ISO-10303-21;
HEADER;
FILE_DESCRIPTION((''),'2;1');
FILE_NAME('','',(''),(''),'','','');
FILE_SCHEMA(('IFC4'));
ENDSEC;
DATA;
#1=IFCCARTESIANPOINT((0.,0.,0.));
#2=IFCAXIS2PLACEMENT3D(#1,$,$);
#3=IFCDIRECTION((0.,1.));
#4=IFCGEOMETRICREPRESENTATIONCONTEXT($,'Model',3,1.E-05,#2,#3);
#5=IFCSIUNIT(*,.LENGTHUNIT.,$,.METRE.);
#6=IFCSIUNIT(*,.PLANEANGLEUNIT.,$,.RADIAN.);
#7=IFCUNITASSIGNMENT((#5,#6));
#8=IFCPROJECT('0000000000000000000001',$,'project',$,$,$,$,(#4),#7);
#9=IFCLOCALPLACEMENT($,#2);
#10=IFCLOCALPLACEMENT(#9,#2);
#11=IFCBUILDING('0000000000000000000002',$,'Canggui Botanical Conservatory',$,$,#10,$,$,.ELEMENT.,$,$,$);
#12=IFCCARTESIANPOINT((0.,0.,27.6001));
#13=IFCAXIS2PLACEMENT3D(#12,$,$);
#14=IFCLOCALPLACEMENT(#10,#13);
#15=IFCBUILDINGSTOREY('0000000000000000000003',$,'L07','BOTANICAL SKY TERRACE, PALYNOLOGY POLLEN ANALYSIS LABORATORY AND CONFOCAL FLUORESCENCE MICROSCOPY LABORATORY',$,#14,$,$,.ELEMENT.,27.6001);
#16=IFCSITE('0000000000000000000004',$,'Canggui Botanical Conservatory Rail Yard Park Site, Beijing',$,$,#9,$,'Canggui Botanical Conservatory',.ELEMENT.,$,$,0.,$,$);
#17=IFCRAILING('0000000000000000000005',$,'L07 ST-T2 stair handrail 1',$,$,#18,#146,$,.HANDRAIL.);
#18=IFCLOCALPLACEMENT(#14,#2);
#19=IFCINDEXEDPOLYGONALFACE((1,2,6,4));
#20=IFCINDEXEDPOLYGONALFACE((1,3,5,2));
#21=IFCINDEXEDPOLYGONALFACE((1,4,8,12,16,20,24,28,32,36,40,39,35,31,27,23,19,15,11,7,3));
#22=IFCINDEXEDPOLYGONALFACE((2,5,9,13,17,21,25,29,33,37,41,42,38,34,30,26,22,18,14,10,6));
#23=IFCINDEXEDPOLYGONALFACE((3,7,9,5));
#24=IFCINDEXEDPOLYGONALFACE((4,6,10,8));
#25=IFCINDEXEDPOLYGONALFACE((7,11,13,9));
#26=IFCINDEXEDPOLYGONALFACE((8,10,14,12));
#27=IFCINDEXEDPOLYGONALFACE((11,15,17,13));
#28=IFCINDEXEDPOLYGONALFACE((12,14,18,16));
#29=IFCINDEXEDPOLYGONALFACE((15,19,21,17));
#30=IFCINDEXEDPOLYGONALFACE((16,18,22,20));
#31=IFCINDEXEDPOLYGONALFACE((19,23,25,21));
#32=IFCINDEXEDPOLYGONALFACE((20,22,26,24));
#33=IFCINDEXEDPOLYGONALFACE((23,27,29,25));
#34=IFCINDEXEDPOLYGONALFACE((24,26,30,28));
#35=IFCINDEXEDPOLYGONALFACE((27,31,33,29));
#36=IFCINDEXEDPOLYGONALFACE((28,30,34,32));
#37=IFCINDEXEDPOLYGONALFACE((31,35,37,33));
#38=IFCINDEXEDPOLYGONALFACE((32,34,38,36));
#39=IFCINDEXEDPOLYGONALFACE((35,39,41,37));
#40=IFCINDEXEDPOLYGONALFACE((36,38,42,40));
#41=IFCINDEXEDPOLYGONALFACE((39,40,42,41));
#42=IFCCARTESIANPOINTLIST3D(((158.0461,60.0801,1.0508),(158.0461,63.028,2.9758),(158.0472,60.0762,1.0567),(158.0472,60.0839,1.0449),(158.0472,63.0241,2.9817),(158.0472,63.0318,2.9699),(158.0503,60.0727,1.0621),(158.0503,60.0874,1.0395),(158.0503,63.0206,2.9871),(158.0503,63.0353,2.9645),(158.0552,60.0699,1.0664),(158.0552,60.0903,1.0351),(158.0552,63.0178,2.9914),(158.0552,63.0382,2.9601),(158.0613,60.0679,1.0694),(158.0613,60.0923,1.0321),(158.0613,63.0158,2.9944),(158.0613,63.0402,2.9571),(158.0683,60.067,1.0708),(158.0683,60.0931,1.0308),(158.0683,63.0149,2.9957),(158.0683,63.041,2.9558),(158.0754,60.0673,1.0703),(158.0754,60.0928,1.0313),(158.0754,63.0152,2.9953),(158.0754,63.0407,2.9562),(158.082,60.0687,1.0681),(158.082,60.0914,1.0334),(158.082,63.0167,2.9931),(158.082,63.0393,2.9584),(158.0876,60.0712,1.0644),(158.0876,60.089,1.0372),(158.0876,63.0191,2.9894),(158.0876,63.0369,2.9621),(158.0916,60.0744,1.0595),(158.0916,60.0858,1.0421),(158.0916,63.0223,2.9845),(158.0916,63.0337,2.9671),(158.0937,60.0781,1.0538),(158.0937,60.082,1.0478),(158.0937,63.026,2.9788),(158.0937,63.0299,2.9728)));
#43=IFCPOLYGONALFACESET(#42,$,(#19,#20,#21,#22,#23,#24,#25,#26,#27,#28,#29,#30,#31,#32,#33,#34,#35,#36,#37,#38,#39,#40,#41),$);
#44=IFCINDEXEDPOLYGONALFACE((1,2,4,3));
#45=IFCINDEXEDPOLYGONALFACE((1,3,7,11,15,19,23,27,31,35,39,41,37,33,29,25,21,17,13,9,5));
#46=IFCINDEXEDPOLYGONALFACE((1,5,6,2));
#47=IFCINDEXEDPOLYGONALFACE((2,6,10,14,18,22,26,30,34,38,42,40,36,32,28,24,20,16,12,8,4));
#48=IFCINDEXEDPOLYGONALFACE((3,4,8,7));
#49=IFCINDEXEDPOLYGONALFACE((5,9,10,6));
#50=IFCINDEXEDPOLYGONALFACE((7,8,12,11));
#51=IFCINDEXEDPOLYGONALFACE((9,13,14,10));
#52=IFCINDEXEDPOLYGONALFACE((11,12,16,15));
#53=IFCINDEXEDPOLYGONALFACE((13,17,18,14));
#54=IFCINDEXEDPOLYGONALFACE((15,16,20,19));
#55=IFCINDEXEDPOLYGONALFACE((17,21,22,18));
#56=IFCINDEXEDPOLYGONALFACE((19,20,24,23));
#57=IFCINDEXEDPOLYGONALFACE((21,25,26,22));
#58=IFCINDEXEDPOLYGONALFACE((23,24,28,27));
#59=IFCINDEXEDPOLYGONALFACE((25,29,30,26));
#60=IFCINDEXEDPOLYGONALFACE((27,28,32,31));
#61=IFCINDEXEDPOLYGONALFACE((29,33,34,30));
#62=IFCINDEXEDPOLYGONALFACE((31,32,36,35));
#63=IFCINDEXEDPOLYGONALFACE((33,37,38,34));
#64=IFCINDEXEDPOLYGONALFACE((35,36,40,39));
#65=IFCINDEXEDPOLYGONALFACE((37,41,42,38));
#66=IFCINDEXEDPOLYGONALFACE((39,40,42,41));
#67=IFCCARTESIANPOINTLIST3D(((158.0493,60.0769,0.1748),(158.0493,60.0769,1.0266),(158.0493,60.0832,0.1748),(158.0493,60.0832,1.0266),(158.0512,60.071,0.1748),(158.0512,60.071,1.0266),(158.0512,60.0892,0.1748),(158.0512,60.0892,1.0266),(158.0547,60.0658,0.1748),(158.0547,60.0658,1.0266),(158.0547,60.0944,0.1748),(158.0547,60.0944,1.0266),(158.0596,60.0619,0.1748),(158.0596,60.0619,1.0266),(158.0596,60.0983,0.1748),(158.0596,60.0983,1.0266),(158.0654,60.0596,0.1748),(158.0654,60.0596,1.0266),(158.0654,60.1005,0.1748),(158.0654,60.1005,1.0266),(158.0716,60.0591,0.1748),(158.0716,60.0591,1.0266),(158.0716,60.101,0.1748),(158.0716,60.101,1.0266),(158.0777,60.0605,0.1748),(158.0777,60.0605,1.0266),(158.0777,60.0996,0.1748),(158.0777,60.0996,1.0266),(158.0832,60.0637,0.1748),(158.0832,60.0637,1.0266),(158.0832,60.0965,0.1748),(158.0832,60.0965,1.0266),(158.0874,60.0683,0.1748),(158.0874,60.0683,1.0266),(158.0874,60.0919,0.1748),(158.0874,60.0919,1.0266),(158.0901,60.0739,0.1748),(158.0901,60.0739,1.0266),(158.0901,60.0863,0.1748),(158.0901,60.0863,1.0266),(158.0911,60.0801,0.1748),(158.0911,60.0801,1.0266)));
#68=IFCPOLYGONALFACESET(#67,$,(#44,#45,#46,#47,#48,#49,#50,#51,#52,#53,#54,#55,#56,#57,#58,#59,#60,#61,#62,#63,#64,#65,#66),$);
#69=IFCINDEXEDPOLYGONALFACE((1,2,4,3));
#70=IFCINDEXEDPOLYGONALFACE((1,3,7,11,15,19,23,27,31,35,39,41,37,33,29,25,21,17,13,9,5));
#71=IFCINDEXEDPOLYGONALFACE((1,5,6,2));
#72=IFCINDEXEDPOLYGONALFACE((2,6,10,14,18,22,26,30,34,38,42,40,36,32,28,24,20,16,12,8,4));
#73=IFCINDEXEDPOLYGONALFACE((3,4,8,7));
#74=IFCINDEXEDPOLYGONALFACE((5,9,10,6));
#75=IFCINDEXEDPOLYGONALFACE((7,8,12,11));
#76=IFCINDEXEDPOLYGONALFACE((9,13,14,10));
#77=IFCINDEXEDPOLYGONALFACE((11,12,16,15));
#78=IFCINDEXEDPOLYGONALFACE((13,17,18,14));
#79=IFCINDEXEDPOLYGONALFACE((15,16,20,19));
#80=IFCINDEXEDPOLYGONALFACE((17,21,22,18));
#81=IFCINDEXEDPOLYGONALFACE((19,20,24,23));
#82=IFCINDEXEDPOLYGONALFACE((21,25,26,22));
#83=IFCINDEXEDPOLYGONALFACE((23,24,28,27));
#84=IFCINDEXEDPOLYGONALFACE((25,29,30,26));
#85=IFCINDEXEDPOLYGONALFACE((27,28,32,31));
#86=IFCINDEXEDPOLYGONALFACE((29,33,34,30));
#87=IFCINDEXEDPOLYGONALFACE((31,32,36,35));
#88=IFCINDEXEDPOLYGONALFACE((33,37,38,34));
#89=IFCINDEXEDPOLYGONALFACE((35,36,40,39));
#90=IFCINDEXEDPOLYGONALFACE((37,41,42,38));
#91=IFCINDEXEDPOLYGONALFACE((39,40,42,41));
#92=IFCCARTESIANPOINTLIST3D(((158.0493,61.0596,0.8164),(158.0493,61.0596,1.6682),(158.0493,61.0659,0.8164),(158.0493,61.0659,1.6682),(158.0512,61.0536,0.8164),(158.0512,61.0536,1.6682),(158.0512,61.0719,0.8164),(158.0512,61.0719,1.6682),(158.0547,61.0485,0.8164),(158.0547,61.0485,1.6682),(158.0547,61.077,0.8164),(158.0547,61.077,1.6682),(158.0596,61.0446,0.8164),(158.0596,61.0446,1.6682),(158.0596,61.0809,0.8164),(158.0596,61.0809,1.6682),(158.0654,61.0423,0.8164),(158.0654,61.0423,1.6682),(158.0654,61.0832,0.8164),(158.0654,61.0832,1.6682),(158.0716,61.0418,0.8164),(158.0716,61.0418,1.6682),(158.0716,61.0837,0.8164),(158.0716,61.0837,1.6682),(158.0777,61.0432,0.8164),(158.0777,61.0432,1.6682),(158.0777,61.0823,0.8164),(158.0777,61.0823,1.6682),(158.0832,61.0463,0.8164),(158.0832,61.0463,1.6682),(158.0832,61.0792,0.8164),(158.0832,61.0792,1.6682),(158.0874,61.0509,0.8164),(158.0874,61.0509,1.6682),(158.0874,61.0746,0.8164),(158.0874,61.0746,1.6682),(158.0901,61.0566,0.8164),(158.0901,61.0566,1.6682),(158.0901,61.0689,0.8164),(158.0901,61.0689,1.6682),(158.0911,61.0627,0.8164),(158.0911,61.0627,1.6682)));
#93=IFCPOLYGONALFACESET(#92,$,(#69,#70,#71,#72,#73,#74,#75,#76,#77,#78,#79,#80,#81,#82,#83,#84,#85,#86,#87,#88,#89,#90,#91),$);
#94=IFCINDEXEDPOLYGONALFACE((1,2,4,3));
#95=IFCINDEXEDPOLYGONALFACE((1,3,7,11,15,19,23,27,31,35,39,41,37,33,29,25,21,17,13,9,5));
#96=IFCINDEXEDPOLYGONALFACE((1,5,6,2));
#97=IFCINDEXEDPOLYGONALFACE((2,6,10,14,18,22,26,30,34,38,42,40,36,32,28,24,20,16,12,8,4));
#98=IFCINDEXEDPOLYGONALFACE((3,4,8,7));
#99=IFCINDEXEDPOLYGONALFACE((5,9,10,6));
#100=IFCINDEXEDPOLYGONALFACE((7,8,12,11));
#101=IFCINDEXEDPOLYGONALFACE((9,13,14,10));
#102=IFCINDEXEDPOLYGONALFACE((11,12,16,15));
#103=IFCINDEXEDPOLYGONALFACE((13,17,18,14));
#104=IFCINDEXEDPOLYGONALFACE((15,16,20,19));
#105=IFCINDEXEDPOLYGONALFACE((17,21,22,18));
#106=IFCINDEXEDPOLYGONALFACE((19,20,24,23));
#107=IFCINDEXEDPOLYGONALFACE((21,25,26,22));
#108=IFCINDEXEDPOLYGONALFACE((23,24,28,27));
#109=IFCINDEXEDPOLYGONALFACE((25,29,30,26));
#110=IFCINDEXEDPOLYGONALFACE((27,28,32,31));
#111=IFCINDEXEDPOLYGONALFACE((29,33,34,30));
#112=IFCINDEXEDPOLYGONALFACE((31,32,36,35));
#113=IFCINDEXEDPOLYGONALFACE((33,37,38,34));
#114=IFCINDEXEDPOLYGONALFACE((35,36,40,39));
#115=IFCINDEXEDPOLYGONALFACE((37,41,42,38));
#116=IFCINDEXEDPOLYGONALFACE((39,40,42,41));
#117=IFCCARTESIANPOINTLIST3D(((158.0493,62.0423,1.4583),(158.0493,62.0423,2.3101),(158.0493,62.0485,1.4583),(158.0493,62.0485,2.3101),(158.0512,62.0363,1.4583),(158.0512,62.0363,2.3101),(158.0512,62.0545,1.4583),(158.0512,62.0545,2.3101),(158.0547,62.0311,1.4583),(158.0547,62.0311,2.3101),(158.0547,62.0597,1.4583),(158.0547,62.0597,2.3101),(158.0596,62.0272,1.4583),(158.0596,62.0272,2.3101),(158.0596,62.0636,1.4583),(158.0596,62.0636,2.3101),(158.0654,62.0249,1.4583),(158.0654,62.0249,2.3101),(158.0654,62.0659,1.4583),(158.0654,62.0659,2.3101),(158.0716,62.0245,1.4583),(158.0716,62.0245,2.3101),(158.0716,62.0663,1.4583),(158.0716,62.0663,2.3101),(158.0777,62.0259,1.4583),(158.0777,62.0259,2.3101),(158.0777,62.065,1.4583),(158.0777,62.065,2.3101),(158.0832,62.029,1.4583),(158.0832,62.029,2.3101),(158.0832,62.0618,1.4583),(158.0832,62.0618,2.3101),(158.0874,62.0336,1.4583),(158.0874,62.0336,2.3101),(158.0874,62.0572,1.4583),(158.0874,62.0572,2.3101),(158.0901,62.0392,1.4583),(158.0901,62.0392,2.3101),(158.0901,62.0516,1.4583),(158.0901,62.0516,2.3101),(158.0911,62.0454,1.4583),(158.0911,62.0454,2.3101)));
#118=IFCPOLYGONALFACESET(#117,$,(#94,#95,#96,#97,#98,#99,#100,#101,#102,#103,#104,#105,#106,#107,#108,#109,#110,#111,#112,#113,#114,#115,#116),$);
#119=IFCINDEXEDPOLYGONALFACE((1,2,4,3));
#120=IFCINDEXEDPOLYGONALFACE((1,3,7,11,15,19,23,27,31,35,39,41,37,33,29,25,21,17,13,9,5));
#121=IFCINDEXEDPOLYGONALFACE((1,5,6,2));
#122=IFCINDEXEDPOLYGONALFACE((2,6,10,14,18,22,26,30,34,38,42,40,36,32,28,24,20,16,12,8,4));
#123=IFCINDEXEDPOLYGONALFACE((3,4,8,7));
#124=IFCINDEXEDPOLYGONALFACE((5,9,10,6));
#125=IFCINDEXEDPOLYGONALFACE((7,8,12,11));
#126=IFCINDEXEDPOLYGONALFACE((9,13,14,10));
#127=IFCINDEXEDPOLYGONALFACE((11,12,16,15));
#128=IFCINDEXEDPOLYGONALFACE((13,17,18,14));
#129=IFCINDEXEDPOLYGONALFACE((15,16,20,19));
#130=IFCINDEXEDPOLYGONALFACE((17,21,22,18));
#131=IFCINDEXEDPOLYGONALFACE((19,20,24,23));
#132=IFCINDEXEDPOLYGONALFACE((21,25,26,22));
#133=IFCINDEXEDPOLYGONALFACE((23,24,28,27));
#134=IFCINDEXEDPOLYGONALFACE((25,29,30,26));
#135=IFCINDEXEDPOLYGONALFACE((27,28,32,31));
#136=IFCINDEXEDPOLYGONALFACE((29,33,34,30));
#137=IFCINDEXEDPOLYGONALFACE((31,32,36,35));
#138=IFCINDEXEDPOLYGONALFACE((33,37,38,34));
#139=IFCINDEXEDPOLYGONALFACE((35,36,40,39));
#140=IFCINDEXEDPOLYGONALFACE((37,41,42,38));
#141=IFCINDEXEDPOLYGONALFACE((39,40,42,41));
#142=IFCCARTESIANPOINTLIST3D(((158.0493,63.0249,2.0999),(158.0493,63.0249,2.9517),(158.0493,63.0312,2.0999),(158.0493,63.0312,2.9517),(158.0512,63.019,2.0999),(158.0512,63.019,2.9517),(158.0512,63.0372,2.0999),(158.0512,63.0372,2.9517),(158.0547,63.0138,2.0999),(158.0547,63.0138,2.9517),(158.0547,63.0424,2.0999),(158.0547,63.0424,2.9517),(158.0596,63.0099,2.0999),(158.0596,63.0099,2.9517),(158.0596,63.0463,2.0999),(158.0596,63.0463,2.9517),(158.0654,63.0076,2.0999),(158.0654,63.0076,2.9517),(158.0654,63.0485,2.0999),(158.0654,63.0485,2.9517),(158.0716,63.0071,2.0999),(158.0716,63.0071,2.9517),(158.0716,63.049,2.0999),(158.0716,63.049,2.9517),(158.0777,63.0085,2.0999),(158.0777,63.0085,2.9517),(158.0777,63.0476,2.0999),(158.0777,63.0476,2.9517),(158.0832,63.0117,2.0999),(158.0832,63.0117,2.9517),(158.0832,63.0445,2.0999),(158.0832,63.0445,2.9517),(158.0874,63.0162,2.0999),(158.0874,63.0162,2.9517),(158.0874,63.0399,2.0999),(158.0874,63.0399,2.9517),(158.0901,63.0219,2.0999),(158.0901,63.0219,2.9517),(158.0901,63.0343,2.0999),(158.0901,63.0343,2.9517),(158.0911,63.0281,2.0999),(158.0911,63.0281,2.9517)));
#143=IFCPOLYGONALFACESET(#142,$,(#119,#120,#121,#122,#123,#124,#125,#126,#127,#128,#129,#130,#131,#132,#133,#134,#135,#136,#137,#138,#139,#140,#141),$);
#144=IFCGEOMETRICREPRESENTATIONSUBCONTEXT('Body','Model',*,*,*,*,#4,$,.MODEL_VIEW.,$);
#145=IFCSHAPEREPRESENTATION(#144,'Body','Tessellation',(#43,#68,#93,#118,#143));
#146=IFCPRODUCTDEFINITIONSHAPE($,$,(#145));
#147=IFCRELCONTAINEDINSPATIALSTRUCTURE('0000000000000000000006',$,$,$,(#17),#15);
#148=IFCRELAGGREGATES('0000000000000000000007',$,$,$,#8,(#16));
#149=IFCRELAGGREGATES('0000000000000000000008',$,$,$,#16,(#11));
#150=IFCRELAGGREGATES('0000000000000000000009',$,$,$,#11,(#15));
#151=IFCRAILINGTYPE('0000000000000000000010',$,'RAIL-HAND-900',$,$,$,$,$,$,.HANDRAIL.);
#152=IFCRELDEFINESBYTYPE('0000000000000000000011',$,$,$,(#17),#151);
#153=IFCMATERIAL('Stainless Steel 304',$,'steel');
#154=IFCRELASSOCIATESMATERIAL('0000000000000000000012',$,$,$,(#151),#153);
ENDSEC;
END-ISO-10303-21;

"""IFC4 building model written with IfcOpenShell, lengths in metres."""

from ifc_helpers import new_model, si_unit, direction, frame, origin, origin_2d, place, context, subcontext, project, spatial, circle, extrude, material, type_object, element, save


model = new_model("IFC4")

# Units and contexts
model_context = context("Model", 3, precision=1e-05, world=origin(), true_north=direction((0.0, 1.0)))
body_context = subcontext(model_context, "Body", "Model", "MODEL_VIEW")
ifc_project = project(units=[si_unit("LENGTHUNIT", "METRE"), si_unit("PLANEANGLEUNIT", "RADIAN")], contexts=[model_context])

# Site, building, storey
site_placement = place(None, origin())
site = spatial("IfcSite", under=ifc_project, at=site_placement, Name="Canggui Botanical Conservatory Rail Yard Park Site, Beijing", LongName="Canggui Botanical Conservatory", CompositionType="ELEMENT", RefElevation=0.0)
building_placement = place(site_placement, origin())
building = spatial("IfcBuilding", under=site, at=building_placement, Name="Canggui Botanical Conservatory", CompositionType="ELEMENT")
storey_placement = place(building_placement, frame((0.0, 0.0, 27.6001)))
storey = spatial("IfcBuildingStorey", under=building, at=storey_placement, Name="L07", Description="BOTANICAL SKY TERRACE, PALYNOLOGY POLLEN ANALYSIS LABORATORY AND CONFOCAL FLUORESCENCE MICROSCOPY LABORATORY", CompositionType="ELEMENT", Elevation=27.6001)

# Railing
ifc_material_1 = material(Name="Stainless Steel 304", Category="steel")
railing_type_1 = type_object("IfcRailingType", Name="RAIL-HAND-900", PredefinedType="HANDRAIL", material=ifc_material_1)
railing_1_placement = place(storey_placement, frame((158.0701, 60.0801, 0.1748)))
element("IfcRailing", 1, at=railing_1_placement, inside=storey, type_object=railing_type_1, Name="L07 ST-T2 stair handrail 1", PredefinedType="HANDRAIL", context=body_context, shape_type="SweptSolid", body=[
    extrude(circle(Radius=0.0239, at=origin_2d()), frame((0.0, 0.0, 0.876), z_axis=(0.0, 0.837293, 0.546754), x_axis=(-1.0, 0.0, 0.0)), (0.0, 0.0, 1.0), 3.5208),
    extrude(circle(Radius=0.021, at=origin_2d()), origin(), (0.0, 0.0, 1.0), 0.8518),
    extrude(circle(Radius=0.021, at=origin_2d()), frame((0.0, 0.9827, 0.6416)), (0.0, 0.0, 1.0), 0.8518),
    extrude(circle(Radius=0.021, at=origin_2d()), frame((0.0, 1.9653, 1.2834)), (0.0, 0.0, 1.0), 0.8518),
    extrude(circle(Radius=0.021, at=origin_2d()), frame((0.0, 2.948, 1.925)), (0.0, 0.0, 1.0), 0.8518),
])

save(model, "model.ifc")
